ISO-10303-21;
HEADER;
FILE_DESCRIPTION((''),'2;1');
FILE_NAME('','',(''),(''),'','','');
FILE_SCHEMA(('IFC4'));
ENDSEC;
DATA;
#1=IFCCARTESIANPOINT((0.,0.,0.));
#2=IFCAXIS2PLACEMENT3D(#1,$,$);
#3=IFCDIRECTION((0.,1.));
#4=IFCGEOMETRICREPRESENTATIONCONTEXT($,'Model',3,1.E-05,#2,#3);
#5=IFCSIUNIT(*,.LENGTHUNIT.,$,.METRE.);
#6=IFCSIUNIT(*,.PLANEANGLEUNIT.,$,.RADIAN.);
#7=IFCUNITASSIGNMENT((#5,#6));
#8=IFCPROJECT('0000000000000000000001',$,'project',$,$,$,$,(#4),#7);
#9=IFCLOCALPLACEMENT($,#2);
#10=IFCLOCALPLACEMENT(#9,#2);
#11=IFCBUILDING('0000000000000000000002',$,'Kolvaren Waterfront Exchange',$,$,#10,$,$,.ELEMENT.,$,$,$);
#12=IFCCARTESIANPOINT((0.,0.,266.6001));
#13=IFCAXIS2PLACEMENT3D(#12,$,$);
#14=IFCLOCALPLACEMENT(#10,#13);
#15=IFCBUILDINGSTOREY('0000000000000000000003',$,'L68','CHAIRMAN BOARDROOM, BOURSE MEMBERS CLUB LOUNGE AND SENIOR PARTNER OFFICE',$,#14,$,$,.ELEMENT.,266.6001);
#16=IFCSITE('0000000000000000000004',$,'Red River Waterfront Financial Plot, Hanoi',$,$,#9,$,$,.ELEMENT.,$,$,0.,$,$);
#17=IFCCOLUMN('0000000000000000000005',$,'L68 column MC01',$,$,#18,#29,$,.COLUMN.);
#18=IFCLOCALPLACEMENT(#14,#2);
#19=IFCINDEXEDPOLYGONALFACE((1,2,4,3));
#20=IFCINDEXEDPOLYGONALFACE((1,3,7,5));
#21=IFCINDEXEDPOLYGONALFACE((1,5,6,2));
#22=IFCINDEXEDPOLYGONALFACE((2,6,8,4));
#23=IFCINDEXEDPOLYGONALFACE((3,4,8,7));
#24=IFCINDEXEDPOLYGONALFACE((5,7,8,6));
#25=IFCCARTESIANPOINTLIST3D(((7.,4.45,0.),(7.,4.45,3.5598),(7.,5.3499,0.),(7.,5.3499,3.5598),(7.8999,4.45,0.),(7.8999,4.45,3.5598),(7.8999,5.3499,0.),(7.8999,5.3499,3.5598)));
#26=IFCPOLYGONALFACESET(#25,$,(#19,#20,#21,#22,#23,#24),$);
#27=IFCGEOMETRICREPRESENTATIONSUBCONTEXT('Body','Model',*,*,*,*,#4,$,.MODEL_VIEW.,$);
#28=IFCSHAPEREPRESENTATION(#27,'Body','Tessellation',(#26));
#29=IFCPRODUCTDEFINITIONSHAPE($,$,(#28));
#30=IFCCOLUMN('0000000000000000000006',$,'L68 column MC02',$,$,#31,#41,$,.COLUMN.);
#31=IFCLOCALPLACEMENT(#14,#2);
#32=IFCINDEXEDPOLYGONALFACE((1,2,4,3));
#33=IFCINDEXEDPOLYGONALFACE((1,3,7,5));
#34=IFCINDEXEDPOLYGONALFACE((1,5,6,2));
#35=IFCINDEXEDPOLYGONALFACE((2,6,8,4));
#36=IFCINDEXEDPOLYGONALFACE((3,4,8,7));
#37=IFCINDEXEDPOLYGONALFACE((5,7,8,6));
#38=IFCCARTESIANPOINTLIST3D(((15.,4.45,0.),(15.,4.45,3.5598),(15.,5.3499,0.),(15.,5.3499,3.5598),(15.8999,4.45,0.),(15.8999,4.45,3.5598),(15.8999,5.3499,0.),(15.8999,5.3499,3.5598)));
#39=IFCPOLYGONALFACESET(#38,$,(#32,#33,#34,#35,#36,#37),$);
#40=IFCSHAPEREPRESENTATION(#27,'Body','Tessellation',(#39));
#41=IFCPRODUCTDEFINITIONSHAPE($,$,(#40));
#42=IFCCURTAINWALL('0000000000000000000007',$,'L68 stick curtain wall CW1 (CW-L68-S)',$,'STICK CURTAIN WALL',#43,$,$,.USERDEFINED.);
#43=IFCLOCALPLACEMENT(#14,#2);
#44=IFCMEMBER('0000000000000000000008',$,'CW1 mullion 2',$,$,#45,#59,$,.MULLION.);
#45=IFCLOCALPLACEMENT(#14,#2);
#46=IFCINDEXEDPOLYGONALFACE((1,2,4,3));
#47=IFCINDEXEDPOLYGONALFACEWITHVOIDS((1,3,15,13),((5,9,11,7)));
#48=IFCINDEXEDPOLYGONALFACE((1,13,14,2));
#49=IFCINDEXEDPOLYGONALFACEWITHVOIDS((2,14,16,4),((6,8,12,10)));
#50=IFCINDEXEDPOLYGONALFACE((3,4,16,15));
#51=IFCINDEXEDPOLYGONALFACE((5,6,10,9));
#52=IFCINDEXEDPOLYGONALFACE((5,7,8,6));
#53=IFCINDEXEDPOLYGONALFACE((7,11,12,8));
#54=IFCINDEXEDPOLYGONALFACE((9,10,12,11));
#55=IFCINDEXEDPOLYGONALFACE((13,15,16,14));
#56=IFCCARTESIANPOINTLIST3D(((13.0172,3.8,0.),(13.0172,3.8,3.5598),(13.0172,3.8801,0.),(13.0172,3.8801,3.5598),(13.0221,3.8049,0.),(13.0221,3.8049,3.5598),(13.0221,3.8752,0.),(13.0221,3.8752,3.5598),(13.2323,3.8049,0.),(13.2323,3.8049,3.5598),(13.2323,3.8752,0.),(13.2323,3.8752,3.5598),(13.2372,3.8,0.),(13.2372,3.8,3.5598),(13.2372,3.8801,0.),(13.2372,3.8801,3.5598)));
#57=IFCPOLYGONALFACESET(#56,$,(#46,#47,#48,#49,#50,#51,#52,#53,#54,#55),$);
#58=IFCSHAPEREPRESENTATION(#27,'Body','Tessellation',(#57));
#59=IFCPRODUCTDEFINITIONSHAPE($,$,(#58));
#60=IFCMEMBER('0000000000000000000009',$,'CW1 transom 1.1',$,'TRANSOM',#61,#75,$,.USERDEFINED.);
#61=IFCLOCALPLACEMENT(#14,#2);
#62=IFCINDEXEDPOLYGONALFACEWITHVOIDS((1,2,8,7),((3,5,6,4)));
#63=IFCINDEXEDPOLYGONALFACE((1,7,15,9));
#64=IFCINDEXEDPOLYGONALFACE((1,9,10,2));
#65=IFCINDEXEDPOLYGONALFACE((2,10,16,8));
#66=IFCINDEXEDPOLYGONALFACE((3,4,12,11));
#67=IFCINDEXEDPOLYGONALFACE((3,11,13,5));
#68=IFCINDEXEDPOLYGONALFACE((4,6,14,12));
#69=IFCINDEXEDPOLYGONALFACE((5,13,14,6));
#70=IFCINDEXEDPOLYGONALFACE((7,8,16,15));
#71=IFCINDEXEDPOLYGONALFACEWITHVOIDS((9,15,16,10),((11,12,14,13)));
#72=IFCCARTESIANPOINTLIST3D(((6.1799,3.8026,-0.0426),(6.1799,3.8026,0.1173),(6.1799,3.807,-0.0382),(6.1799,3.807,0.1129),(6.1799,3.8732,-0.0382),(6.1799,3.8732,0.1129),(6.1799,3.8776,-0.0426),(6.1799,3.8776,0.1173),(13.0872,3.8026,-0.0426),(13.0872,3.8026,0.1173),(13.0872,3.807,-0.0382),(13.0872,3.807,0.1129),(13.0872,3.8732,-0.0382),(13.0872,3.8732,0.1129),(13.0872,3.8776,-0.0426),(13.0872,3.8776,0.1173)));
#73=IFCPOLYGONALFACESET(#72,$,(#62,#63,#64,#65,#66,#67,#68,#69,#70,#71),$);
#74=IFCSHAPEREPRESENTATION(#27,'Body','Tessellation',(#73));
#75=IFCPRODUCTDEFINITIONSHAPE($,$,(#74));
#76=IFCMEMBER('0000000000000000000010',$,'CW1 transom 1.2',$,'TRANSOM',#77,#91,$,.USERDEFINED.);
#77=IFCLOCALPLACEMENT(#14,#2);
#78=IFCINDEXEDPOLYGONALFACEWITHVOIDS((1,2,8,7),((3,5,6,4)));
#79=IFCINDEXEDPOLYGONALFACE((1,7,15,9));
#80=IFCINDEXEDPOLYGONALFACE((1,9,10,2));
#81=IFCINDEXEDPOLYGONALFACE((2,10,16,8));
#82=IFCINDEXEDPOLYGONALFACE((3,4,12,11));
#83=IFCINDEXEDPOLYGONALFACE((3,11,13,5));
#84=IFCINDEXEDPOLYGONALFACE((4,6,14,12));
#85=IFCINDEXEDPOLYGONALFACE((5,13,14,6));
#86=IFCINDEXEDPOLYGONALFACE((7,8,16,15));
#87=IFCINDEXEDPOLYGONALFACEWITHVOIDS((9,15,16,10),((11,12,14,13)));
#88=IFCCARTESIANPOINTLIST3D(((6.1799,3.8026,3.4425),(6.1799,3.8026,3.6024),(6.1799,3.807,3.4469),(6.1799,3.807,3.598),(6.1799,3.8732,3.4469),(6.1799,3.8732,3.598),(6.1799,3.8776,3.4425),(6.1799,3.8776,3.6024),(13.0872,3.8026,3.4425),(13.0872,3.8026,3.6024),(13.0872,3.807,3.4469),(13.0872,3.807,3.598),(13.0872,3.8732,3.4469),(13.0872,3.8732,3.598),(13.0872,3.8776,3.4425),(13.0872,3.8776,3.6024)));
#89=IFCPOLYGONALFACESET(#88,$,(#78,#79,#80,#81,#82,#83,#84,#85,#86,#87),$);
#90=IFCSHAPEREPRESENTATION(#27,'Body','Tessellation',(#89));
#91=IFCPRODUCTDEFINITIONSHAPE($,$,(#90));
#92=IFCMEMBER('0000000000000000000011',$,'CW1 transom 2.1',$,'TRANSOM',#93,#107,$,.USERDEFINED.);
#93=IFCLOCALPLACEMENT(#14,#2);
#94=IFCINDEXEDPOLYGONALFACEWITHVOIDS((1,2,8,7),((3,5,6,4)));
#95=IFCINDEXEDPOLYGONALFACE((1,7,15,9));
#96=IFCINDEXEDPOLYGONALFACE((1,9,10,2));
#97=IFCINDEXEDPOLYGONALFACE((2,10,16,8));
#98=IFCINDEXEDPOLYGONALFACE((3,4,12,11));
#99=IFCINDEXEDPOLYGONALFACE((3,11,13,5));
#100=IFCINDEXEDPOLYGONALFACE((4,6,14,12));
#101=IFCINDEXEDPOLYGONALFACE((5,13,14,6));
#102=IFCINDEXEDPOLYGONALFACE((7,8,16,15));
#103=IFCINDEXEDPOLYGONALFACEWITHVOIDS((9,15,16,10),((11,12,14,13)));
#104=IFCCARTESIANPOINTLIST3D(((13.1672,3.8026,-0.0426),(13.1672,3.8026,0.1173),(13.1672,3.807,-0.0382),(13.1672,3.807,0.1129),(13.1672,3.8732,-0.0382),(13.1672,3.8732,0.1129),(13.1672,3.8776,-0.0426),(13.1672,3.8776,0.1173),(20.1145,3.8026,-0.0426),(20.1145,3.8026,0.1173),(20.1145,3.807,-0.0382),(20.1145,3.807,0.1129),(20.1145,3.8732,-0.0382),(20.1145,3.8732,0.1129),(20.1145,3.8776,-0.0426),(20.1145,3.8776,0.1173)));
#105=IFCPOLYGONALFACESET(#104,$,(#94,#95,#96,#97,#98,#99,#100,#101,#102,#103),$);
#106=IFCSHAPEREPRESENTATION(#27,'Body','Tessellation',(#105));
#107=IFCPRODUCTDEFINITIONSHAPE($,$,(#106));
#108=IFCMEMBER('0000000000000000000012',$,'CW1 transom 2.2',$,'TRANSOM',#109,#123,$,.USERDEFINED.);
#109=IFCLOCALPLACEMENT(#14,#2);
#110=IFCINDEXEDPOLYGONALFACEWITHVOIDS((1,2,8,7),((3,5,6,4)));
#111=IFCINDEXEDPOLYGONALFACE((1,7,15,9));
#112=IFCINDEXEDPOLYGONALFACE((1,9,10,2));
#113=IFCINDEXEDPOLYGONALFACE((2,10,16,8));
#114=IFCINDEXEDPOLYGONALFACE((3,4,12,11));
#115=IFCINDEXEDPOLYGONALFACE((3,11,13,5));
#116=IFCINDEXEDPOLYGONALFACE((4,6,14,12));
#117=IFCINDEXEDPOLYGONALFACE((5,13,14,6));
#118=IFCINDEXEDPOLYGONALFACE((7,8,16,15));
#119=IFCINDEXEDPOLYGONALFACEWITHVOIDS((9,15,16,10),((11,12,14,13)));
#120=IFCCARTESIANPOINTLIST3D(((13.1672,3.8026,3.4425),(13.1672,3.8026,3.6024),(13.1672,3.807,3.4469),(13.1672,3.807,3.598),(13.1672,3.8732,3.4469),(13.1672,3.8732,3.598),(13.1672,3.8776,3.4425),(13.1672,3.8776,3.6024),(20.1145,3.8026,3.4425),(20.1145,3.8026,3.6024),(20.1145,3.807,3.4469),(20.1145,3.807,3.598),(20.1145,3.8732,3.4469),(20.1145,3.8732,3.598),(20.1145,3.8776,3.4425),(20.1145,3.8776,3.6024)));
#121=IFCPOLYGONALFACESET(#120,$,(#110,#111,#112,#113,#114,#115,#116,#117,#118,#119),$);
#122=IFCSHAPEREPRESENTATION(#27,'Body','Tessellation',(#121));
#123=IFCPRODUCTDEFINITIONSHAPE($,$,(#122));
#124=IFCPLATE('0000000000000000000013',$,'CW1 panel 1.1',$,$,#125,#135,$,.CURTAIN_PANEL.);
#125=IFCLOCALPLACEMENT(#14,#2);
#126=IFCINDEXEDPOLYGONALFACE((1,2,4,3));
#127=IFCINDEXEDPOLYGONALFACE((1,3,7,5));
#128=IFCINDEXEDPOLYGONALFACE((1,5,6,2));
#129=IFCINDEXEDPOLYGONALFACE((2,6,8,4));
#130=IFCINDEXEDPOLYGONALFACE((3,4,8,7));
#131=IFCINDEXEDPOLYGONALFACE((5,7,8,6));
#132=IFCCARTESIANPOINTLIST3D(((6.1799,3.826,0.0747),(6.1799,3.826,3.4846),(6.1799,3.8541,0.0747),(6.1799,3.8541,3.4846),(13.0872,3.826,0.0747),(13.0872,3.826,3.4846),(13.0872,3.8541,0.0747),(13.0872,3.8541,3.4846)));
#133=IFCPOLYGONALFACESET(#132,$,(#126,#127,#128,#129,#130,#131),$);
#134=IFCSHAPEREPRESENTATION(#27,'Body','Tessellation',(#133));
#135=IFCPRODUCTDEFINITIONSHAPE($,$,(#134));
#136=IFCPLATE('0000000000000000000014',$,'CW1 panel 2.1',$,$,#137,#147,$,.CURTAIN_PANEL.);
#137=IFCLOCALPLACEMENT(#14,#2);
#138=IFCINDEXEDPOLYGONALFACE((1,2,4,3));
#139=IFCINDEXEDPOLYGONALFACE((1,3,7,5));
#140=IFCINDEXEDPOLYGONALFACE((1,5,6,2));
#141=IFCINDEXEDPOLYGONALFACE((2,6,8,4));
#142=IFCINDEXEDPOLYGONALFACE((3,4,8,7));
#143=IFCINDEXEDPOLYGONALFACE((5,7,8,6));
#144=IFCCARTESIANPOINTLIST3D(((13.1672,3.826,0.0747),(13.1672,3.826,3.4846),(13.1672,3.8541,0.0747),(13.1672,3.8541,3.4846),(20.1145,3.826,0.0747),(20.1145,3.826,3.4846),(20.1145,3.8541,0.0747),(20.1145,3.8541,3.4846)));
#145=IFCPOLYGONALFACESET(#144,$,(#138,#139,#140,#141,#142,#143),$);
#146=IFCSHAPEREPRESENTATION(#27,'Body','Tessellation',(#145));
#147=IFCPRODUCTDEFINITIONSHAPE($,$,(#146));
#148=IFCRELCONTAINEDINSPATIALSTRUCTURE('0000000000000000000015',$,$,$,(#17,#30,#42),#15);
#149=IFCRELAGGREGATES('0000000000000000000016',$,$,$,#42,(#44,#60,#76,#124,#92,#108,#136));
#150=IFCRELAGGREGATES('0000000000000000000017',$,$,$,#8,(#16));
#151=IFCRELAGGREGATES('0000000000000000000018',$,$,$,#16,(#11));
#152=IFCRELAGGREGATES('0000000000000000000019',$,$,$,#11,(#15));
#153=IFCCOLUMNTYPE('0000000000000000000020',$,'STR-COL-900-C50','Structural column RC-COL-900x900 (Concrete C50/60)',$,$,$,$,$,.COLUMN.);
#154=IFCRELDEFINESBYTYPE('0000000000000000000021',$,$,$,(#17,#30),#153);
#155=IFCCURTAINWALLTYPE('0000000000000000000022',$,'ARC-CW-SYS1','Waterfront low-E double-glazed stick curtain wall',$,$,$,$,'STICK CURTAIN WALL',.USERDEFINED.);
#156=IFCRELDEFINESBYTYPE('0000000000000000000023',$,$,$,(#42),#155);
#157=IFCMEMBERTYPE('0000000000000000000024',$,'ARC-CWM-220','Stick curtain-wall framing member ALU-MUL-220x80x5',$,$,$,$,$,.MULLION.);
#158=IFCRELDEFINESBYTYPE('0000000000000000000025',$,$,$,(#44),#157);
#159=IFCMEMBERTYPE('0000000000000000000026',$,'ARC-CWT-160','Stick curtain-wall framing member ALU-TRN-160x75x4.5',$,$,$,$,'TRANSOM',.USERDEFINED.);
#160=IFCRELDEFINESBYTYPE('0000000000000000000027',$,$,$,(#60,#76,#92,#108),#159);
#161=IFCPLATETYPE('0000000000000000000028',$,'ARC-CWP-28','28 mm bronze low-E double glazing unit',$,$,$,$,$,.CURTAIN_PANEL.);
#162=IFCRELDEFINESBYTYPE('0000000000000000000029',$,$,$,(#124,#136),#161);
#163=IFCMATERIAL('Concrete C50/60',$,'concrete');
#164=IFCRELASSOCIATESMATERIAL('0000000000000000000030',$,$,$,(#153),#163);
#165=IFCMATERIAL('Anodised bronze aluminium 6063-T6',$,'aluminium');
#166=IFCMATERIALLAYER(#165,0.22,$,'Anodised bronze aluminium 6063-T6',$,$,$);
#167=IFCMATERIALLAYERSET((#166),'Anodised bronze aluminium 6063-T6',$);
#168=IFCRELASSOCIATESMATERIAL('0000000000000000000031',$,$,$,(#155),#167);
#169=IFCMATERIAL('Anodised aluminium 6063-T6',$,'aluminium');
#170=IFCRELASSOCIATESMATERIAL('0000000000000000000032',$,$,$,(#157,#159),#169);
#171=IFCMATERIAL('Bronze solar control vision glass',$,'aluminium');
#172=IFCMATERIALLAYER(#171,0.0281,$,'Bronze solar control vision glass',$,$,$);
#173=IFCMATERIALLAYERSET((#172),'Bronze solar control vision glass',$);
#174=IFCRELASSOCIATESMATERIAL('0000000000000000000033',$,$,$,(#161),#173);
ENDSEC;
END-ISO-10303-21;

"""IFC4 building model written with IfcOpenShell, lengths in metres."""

from ifc_helpers import new_model, si_unit, direction, frame, origin, origin_with_axes, origin_2d, place, context, subcontext, project, spatial, rectangle, hollow_rectangle, extrude, source, transform, mapped, material, layer, layer_set, material_profile, profile_set, type_object, element, aggregate, save


model = new_model("IFC4")

# Units and contexts
model_context = context("Model", 3, precision=1e-05, world=origin(), true_north=direction((0.0, 1.0)))
body_context = subcontext(model_context, "Body", "Model", "MODEL_VIEW")
ifc_project = project(units=[si_unit("LENGTHUNIT", "METRE"), si_unit("PLANEANGLEUNIT", "RADIAN")], contexts=[model_context])

# Site, building, storey
site_placement = place(None, origin())
site = spatial("IfcSite", under=ifc_project, at=site_placement, Name="Red River Waterfront Financial Plot, Hanoi", CompositionType="ELEMENT", RefElevation=0.0)
building_placement = place(site_placement, origin())
building = spatial("IfcBuilding", under=site, at=building_placement, Name="Kolvaren Waterfront Exchange", CompositionType="ELEMENT")
storey_placement = place(building_placement, frame((0.0, 0.0, 266.6001)))
storey = spatial("IfcBuildingStorey", under=building, at=storey_placement, Name="L68", Description="CHAIRMAN BOARDROOM, BOURSE MEMBERS CLUB LOUNGE AND SENIOR PARTNER OFFICE", CompositionType="ELEMENT", Elevation=266.6001)

# Columns
ifc_material_1 = material(Name="Concrete C50/60", Category="concrete")
ifc_material_profile_1 = material_profile(ifc_material_1, rectangle(XDim=0.8999, YDim=0.8999, at=origin_2d()), Name="RC-COL-900x900")
ifc_profile_set_1 = profile_set([ifc_material_profile_1], Name="Concrete C50/60")
column_type = type_object("IfcColumnType", Name="STR-COL-900-C50", Description="Structural column RC-COL-900x900 (Concrete C50/60)", PredefinedType="COLUMN", material=ifc_profile_set_1)
for number, where, z_axis, x_axis, name in (
    (1, (7.45, 4.8999, 0.0), (0.0, 0.0, 1.0), (1.0, 0.0, 0.0), "L68 column MC01"),
    (2, (15.45, 4.8999, 0.0), (0.0, 0.0, 1.0), (1.0, 0.0, 0.0), "L68 column MC02"),
):
    element("IfcColumn", number, at=place(storey_placement, frame(where, z_axis=z_axis, x_axis=x_axis)), inside=storey, type_object=column_type, Name=name, PredefinedType="COLUMN", context=body_context, shape_type="SweptSolid", body=[
        extrude(rectangle(XDim=0.8999, YDim=0.8999, at=origin_2d()), origin(), (0.0, 0.0, 1.0), 3.5598),
    ])

# Curtain wall, members, plates
ifc_material_2 = material(Name="Anodised bronze aluminium 6063-T6", Category="aluminium")
ifc_layer_1 = layer(ifc_material_2, 0.22, Name="Anodised bronze aluminium 6063-T6")
ifc_layer_set_1 = layer_set([ifc_layer_1], Name="Anodised bronze aluminium 6063-T6")
curtain_wall_type = type_object("IfcCurtainWallType", Name="ARC-CW-SYS1", Description="Waterfront low-E double-glazed stick curtain wall", ElementType="STICK CURTAIN WALL", PredefinedType="USERDEFINED", material=ifc_layer_set_1)
curtain_wall_placement = place(storey_placement, origin())
curtain_wall = element("IfcCurtainWall", 3, at=curtain_wall_placement, inside=storey, type_object=curtain_wall_type, Name="L68 stick curtain wall CW1 (CW-L68-S)", ObjectType="STICK CURTAIN WALL", PredefinedType="USERDEFINED")
ifc_material_3 = material(Name="Anodised aluminium 6063-T6", Category="aluminium")
ifc_material_profile_2 = material_profile(ifc_material_3, hollow_rectangle(XDim=0.0801, YDim=0.22, WallThickness=0.0049, at=origin_2d()), Name="ALU-MUL-220x80x5")
ifc_profile_set_2 = profile_set([ifc_material_profile_2], Name="Anodised aluminium 6063-T6")
member_type_1 = type_object("IfcMemberType", Name="ARC-CWM-220", Description="Stick curtain-wall framing member ALU-MUL-220x80x5", PredefinedType="MULLION", material=ifc_profile_set_2)
shared_shape_1 = source(origin_with_axes(), body_context, "Body", "SweptSolid", [
    extrude(hollow_rectangle(XDim=0.0801, YDim=0.22, WallThickness=0.0049, at=origin_2d()), origin(), (0.0, 0.0, 1.0), 3.5598),
])
member_1_placement = place(storey_placement, frame((13.1272, 3.8401, 0.0), z_axis=(0.0, 0.0, 1.0), x_axis=(0.0, 1.0, 0.0)))
member_1 = element("IfcMember", 4, at=member_1_placement, type_object=member_type_1, Name="CW1 mullion 2", PredefinedType="MULLION", context=body_context, shape_type="MappedRepresentation", body=[
    mapped(shared_shape_1, transform((0.0, 0.0, 0.0), x_axis=(1.0, 0.0, 0.0), y_axis=(0.0, 1.0, 0.0), z_axis=(0.0, 0.0, 1.0), scale=1.0)),
])
ifc_material_profile_3 = material_profile(ifc_material_3, hollow_rectangle(XDim=0.075, YDim=0.1599, WallThickness=0.0044, at=origin_2d()), Name="ALU-TRN-160x75x4.5")
ifc_profile_set_3 = profile_set([ifc_material_profile_3], Name="Anodised aluminium 6063-T6")
member_type_2 = type_object("IfcMemberType", Name="ARC-CWT-160", Description="Stick curtain-wall framing member ALU-TRN-160x75x4.5", ElementType="TRANSOM", PredefinedType="USERDEFINED", material=ifc_profile_set_3)
shared_shape_2 = source(origin_with_axes(), body_context, "Body", "SweptSolid", [
    extrude(hollow_rectangle(XDim=0.075, YDim=0.1599, WallThickness=0.0044, at=origin_2d()), origin(), (0.0, 0.0, 1.0), 6.9072),
])
member_2_placement = place(storey_placement, frame((6.1799, 3.8401, 0.0374), z_axis=(1.0, 0.0, 0.0), x_axis=(0.0, 1.0, 0.0)))
member_2 = element("IfcMember", 5, at=member_2_placement, type_object=member_type_2, Name="CW1 transom 1.1", ObjectType="TRANSOM", PredefinedType="USERDEFINED", context=body_context, shape_type="MappedRepresentation", body=[
    mapped(shared_shape_2, transform((0.0, 0.0, 0.0), x_axis=(1.0, 0.0, 0.0), y_axis=(0.0, 1.0, 0.0), z_axis=(0.0, 0.0, 1.0), scale=1.0)),
])
member_3_placement = place(storey_placement, frame((6.1799, 3.8401, 3.5225), z_axis=(1.0, 0.0, 0.0), x_axis=(0.0, 1.0, 0.0)))
member_3 = element("IfcMember", 6, at=member_3_placement, type_object=member_type_2, Name="CW1 transom 1.2", ObjectType="TRANSOM", PredefinedType="USERDEFINED", context=body_context, shape_type="MappedRepresentation", body=[
    mapped(shared_shape_2, transform((0.0, 0.0, 0.0), x_axis=(1.0, 0.0, 0.0), y_axis=(0.0, 1.0, 0.0), z_axis=(0.0, 0.0, 1.0), scale=1.0)),
])
shared_shape_3 = source(origin_with_axes(), body_context, "Body", "SweptSolid", [
    extrude(hollow_rectangle(XDim=0.075, YDim=0.1599, WallThickness=0.0044, at=origin_2d()), origin(), (0.0, 0.0, 1.0), 6.9473),
])
member_4_placement = place(storey_placement, frame((13.1672, 3.8401, 0.0374), z_axis=(1.0, 0.0, 0.0), x_axis=(0.0, 1.0, 0.0)))
member_4 = element("IfcMember", 7, at=member_4_placement, type_object=member_type_2, Name="CW1 transom 2.1", ObjectType="TRANSOM", PredefinedType="USERDEFINED", context=body_context, shape_type="MappedRepresentation", body=[
    mapped(shared_shape_3, transform((0.0, 0.0, 0.0), x_axis=(1.0, 0.0, 0.0), y_axis=(0.0, 1.0, 0.0), z_axis=(0.0, 0.0, 1.0), scale=1.0)),
])
member_5_placement = place(storey_placement, frame((13.1672, 3.8401, 3.5225), z_axis=(1.0, 0.0, 0.0), x_axis=(0.0, 1.0, 0.0)))
member_5 = element("IfcMember", 8, at=member_5_placement, type_object=member_type_2, Name="CW1 transom 2.2", ObjectType="TRANSOM", PredefinedType="USERDEFINED", context=body_context, shape_type="MappedRepresentation", body=[
    mapped(shared_shape_3, transform((0.0, 0.0, 0.0), x_axis=(1.0, 0.0, 0.0), y_axis=(0.0, 1.0, 0.0), z_axis=(0.0, 0.0, 1.0), scale=1.0)),
])
ifc_material_4 = material(Name="Bronze solar control vision glass", Category="aluminium")
ifc_layer_2 = layer(ifc_material_4, 0.0281, Name="Bronze solar control vision glass")
ifc_layer_set_2 = layer_set([ifc_layer_2], Name="Bronze solar control vision glass")
plate_type = type_object("IfcPlateType", Name="ARC-CWP-28", Description="28 mm bronze low-E double glazing unit", PredefinedType="CURTAIN_PANEL", material=ifc_layer_set_2)
shared_shape_4 = source(origin_with_axes(), body_context, "Body", "SweptSolid", [
    extrude(rectangle(XDim=6.9072, YDim=0.0281, at=origin_2d()), origin(), (0.0, 0.0, 1.0), 3.4099),
])
plate_1_placement = place(storey_placement, frame((9.6335, 3.8401, 0.0747), z_axis=(0.0, 0.0, 1.0), x_axis=(1.0, 0.0, 0.0)))
plate_1 = element("IfcPlate", 9, at=plate_1_placement, type_object=plate_type, Name="CW1 panel 1.1", PredefinedType="CURTAIN_PANEL", context=body_context, shape_type="MappedRepresentation", body=[
    mapped(shared_shape_4, transform((0.0, 0.0, 0.0), x_axis=(1.0, 0.0, 0.0), y_axis=(0.0, 1.0, 0.0), z_axis=(0.0, 0.0, 1.0), scale=1.0)),
])
shared_shape_5 = source(origin_with_axes(), body_context, "Body", "SweptSolid", [
    extrude(rectangle(XDim=6.9473, YDim=0.0281, at=origin_2d()), origin(), (0.0, 0.0, 1.0), 3.4099),
])
plate_2_placement = place(storey_placement, frame((16.6409, 3.8401, 0.0747), z_axis=(0.0, 0.0, 1.0), x_axis=(1.0, 0.0, 0.0)))
plate_2 = element("IfcPlate", 10, at=plate_2_placement, type_object=plate_type, Name="CW1 panel 2.1", PredefinedType="CURTAIN_PANEL", context=body_context, shape_type="MappedRepresentation", body=[
    mapped(shared_shape_5, transform((0.0, 0.0, 0.0), x_axis=(1.0, 0.0, 0.0), y_axis=(0.0, 1.0, 0.0), z_axis=(0.0, 0.0, 1.0), scale=1.0)),
])
aggregate(curtain_wall, [member_1, member_2, member_3, plate_1, member_4, member_5, plate_2])

save(model, "model.ifc")
